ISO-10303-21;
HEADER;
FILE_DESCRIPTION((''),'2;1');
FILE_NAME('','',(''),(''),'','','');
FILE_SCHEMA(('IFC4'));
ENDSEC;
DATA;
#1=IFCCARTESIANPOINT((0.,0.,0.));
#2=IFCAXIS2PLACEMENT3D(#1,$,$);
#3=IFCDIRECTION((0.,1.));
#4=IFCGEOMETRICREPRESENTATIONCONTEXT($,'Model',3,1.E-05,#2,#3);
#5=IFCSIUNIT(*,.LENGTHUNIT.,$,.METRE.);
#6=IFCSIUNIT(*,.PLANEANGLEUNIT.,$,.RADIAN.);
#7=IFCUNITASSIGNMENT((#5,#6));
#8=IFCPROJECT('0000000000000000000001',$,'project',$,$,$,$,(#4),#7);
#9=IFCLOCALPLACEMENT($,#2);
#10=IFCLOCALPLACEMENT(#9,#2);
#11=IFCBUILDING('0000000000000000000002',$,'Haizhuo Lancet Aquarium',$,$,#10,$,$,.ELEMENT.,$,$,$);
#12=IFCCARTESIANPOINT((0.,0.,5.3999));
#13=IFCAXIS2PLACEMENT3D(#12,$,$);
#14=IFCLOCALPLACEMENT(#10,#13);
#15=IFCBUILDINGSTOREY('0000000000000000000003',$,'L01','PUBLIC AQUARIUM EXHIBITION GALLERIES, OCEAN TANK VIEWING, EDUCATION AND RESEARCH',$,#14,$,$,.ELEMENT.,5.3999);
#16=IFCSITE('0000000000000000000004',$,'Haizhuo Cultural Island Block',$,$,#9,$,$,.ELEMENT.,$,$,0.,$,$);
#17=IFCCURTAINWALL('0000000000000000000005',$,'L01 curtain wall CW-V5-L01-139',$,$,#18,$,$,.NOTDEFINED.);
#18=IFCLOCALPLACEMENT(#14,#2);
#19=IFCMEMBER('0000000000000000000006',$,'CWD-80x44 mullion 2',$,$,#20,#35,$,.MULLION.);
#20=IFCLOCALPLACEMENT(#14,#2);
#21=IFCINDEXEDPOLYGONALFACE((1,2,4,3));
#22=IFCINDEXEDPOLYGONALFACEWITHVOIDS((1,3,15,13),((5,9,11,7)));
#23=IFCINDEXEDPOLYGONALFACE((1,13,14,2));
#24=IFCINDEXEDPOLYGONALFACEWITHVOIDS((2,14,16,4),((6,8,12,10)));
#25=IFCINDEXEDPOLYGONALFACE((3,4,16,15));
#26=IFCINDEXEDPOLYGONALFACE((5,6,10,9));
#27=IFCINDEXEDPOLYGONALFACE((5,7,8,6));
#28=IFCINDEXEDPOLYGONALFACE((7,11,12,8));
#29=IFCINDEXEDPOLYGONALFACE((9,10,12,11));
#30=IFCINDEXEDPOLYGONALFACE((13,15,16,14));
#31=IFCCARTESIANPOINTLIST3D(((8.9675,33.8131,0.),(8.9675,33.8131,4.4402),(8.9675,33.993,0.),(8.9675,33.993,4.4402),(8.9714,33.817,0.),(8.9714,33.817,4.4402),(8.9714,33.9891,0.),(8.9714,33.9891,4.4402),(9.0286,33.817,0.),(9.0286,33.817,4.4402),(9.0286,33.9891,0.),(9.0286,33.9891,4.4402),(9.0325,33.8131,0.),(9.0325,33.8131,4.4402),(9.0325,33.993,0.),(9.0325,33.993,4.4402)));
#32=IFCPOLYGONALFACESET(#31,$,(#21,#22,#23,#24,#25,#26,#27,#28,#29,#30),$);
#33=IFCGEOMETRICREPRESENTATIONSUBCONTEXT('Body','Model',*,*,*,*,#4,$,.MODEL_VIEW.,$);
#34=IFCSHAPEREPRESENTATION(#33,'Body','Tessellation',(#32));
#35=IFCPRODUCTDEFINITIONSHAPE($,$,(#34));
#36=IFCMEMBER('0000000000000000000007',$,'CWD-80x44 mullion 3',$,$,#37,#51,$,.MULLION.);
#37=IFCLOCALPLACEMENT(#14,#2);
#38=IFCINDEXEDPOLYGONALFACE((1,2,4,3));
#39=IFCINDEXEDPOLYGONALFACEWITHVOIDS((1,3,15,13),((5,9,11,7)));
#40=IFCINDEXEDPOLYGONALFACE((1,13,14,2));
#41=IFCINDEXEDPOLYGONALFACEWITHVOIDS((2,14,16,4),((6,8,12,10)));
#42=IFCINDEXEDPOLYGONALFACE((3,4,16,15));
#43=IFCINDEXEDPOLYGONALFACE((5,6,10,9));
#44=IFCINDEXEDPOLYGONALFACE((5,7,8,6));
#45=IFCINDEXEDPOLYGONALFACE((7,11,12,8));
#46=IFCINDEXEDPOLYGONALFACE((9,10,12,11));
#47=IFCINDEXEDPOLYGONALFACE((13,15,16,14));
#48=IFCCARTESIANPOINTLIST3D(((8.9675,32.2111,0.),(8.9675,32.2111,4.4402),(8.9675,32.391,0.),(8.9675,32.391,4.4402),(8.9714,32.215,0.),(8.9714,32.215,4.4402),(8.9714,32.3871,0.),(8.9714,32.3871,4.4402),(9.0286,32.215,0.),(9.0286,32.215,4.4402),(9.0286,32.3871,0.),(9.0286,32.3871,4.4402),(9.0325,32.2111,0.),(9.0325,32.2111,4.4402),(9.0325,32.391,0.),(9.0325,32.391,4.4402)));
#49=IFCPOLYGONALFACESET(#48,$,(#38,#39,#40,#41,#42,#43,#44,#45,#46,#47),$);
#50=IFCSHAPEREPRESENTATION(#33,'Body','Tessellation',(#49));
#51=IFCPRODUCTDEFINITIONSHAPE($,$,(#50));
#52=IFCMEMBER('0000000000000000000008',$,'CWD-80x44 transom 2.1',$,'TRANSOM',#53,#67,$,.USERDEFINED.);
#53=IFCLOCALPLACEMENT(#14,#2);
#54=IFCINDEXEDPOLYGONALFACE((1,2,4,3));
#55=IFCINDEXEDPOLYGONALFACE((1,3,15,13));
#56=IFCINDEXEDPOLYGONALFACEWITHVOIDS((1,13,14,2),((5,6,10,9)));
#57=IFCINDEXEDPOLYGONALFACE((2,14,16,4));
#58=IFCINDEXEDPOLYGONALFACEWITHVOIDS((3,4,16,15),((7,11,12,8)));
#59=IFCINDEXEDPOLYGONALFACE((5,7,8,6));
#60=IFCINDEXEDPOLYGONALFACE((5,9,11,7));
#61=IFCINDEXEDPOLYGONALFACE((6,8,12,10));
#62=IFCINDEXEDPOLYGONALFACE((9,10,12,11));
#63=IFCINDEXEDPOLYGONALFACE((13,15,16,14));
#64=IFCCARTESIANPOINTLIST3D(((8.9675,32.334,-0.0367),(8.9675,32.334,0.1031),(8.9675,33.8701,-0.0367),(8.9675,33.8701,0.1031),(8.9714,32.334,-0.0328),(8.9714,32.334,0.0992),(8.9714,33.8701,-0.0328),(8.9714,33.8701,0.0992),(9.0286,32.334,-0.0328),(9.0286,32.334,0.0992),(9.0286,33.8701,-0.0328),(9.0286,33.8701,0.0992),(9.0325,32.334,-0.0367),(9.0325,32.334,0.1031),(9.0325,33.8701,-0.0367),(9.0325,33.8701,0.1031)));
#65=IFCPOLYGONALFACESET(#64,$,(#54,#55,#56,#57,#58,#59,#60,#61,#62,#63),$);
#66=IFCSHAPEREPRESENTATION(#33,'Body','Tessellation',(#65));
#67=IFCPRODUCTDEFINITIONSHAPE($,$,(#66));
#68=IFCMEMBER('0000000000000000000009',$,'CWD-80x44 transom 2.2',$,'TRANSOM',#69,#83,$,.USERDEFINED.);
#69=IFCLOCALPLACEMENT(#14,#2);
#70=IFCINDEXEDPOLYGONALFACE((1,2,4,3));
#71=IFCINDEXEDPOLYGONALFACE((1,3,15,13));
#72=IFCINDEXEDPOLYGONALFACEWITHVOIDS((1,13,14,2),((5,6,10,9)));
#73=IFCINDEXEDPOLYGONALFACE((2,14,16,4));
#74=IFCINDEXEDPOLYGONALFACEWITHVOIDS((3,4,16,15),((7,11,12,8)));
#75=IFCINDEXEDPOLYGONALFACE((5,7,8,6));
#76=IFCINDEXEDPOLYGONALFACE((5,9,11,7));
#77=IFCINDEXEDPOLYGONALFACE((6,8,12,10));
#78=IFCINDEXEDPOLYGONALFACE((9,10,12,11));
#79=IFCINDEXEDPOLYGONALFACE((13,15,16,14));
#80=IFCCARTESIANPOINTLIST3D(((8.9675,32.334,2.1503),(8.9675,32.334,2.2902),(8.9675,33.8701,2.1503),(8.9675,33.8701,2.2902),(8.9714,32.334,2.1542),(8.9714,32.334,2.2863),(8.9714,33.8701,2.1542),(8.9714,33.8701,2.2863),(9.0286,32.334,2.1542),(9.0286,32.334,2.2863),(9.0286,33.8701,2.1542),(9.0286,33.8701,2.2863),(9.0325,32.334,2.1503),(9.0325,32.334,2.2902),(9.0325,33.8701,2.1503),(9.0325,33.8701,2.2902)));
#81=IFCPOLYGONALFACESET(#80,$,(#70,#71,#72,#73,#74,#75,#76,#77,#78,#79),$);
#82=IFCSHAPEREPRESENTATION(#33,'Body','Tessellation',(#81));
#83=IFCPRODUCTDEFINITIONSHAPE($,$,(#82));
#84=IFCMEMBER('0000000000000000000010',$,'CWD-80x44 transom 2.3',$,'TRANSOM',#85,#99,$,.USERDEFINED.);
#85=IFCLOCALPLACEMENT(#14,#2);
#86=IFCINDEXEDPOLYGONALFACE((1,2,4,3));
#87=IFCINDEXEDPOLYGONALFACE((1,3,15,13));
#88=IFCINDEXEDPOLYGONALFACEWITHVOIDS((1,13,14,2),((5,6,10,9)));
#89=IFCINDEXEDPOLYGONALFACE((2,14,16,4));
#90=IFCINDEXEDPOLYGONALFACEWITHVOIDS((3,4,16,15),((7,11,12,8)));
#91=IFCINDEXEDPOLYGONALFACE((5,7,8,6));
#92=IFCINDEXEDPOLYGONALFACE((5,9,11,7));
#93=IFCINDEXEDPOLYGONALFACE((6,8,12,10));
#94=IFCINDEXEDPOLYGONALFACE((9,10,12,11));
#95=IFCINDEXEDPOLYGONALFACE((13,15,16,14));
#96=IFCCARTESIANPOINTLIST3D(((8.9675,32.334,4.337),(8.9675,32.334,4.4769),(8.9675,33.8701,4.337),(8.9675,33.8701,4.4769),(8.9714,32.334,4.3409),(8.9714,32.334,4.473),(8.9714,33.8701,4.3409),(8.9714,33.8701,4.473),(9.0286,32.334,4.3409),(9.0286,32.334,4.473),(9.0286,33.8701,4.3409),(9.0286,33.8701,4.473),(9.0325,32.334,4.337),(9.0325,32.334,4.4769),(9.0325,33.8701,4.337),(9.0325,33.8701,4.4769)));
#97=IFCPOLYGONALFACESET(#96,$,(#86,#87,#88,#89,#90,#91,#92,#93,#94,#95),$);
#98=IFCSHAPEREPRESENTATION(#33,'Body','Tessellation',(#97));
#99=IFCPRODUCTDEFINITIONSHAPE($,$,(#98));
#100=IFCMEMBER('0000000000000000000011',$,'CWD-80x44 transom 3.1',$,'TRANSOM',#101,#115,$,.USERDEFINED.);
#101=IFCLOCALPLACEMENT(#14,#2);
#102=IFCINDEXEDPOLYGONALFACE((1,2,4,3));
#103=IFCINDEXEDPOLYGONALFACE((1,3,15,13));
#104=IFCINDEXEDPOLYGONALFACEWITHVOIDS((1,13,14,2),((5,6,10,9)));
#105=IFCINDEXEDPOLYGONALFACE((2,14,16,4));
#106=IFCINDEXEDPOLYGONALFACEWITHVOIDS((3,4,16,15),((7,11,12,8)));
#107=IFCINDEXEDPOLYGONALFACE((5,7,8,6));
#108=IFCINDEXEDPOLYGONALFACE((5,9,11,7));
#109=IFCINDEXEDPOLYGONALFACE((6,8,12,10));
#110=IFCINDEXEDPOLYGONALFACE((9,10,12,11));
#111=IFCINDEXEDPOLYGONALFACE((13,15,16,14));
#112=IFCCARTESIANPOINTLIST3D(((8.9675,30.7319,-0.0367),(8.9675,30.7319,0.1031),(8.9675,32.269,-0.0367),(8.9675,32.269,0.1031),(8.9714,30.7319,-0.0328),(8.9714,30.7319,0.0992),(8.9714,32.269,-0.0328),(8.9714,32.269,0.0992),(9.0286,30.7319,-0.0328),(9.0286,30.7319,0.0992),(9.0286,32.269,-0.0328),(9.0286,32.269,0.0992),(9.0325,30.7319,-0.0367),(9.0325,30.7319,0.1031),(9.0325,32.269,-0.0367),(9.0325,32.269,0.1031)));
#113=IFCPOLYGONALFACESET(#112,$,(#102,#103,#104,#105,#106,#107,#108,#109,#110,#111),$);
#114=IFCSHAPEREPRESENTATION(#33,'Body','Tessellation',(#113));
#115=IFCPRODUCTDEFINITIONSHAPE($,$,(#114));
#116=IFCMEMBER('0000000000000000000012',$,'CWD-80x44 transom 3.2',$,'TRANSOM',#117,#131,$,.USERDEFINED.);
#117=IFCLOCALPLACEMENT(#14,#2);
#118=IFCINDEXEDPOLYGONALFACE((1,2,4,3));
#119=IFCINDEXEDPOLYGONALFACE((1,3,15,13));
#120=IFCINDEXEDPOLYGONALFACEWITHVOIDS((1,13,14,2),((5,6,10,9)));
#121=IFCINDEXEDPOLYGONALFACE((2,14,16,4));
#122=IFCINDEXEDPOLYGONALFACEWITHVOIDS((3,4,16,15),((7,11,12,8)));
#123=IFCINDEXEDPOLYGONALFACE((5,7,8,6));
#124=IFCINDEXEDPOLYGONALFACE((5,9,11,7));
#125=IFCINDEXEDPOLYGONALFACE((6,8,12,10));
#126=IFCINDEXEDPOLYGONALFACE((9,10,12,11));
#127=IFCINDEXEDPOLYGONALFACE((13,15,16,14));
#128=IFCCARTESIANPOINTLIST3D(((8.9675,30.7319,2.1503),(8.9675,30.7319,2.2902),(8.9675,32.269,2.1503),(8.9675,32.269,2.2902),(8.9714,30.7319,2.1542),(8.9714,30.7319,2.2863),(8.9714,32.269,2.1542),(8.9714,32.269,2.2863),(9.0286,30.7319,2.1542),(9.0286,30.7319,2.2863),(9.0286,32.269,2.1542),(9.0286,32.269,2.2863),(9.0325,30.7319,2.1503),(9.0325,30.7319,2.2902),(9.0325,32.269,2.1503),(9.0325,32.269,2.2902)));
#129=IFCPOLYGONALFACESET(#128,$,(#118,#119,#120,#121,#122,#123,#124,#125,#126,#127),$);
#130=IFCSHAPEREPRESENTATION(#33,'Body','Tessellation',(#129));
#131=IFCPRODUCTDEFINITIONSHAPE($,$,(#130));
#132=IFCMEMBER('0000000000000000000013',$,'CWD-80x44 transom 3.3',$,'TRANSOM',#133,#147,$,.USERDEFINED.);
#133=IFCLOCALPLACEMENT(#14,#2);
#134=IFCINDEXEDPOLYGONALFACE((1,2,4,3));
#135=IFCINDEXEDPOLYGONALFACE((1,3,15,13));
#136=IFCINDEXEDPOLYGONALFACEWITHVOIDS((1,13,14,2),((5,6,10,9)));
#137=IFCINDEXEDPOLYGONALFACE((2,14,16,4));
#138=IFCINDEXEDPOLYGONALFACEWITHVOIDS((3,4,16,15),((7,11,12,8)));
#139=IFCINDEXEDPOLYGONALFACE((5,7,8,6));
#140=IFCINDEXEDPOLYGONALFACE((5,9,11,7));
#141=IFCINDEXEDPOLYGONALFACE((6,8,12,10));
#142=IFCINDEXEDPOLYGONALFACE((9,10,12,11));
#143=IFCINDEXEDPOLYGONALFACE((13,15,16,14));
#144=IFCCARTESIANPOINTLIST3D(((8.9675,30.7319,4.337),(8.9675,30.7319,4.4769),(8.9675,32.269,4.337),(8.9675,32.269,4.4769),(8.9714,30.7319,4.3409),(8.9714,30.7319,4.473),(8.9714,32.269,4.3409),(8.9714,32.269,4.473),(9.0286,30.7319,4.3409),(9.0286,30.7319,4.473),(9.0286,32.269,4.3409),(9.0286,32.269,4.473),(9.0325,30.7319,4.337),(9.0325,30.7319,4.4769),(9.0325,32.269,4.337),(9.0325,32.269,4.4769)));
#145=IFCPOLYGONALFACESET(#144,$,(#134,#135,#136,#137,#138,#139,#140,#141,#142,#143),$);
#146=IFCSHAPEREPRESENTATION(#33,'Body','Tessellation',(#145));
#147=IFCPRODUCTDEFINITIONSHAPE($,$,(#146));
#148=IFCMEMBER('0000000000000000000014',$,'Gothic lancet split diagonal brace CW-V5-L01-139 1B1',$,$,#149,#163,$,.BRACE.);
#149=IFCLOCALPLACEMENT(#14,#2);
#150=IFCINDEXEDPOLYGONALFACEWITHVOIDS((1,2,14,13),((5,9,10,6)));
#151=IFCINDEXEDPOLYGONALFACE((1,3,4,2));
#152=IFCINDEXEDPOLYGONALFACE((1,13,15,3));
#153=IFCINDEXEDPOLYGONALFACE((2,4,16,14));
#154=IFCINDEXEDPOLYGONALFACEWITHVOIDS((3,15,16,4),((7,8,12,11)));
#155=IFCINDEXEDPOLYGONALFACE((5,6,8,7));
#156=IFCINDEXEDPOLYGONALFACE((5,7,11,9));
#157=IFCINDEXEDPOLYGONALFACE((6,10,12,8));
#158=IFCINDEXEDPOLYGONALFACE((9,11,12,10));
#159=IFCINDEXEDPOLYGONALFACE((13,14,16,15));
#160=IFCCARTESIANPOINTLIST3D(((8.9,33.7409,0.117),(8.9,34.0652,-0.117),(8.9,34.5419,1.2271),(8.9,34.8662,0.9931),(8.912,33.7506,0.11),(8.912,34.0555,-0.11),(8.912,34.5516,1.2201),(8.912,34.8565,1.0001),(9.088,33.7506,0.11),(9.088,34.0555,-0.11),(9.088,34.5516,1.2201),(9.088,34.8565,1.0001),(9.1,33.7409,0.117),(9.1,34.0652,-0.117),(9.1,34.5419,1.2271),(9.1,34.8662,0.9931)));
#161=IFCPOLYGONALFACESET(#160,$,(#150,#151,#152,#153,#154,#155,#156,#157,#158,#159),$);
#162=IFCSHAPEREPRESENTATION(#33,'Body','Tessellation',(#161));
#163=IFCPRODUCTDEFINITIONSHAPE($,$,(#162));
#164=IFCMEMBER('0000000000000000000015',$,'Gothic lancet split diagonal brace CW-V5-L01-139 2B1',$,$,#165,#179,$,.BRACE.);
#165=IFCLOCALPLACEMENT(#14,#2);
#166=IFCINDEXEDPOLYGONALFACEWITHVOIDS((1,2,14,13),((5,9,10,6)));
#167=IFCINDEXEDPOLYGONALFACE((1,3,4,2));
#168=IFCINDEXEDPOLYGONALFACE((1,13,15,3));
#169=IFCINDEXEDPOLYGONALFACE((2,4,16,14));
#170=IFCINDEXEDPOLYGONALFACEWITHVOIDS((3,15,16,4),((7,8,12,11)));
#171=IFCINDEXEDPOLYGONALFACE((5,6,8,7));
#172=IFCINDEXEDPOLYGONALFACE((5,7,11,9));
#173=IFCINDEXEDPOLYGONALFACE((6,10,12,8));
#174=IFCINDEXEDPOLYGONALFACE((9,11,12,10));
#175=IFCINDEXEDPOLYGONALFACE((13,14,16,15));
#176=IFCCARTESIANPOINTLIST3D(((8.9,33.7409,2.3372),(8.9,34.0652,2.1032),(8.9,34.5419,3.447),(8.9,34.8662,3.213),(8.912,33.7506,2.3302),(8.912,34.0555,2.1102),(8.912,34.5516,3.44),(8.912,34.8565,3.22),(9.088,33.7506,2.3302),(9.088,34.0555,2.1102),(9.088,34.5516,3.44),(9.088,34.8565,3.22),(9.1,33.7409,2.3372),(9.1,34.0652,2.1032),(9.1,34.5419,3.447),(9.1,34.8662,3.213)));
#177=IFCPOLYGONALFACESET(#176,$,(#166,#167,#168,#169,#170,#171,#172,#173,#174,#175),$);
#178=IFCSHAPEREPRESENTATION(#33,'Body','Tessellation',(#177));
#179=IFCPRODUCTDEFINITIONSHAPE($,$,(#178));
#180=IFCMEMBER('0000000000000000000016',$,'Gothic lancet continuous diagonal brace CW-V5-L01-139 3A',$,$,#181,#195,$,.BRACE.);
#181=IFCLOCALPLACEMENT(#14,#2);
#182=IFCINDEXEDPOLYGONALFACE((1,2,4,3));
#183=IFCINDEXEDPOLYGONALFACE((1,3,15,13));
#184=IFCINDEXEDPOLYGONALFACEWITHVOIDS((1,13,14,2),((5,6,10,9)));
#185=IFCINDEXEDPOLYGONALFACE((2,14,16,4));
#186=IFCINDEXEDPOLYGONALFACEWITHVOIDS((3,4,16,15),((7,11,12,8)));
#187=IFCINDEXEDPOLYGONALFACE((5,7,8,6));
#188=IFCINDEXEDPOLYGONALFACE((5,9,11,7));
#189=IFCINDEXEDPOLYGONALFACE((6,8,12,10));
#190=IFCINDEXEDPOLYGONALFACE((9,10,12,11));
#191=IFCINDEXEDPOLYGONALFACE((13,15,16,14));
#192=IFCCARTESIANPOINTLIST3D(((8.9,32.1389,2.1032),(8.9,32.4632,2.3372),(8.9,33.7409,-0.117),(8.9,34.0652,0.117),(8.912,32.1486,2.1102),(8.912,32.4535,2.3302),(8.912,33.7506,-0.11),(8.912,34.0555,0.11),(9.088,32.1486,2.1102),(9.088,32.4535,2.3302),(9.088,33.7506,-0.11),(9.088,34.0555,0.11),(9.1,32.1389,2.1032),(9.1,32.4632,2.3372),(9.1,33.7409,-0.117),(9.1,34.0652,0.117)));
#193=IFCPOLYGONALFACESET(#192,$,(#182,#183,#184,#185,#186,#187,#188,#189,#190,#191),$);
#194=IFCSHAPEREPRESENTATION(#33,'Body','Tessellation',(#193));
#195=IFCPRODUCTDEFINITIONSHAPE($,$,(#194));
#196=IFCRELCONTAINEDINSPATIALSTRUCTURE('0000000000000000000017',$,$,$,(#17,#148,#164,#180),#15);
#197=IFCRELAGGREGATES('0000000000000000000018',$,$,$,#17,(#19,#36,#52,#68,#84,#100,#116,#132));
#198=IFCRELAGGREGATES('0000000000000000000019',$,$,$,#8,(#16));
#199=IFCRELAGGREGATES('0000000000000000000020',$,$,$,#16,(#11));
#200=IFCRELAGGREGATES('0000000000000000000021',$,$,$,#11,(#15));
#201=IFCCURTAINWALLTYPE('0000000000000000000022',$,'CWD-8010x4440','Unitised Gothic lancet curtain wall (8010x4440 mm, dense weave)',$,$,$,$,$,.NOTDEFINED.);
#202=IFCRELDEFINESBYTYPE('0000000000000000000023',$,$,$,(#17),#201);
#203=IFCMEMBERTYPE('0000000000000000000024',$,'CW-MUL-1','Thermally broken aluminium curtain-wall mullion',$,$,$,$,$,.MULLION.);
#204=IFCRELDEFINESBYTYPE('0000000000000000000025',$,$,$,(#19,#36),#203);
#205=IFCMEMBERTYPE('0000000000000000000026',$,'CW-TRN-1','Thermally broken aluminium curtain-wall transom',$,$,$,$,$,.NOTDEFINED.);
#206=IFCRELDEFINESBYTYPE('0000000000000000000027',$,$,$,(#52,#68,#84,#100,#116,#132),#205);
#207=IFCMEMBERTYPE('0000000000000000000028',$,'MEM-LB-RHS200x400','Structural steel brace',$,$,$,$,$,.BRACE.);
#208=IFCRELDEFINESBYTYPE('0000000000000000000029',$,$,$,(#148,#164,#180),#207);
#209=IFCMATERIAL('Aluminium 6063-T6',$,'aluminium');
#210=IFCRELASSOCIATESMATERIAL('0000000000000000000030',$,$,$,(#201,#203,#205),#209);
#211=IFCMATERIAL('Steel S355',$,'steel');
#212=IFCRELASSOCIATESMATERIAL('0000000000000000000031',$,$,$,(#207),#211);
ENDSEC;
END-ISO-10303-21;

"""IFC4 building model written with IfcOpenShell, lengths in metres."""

from ifc_helpers import new_model, si_unit, direction, frame, origin, origin_2d, place, context, subcontext, project, spatial, hollow_rectangle, extrude, material, material_profile, profile_set, type_object, element, aggregate, save


model = new_model("IFC4")

# Units and contexts
model_context = context("Model", 3, precision=1e-05, world=origin(), true_north=direction((0.0, 1.0)))
body_context = subcontext(model_context, "Body", "Model", "MODEL_VIEW")
ifc_project = project(units=[si_unit("LENGTHUNIT", "METRE"), si_unit("PLANEANGLEUNIT", "RADIAN")], contexts=[model_context])

# Site, building, storey
site_placement = place(None, origin())
site = spatial("IfcSite", under=ifc_project, at=site_placement, Name="Haizhuo Cultural Island Block", CompositionType="ELEMENT", RefElevation=0.0)
building_placement = place(site_placement, origin())
building = spatial("IfcBuilding", under=site, at=building_placement, Name="Haizhuo Lancet Aquarium", CompositionType="ELEMENT")
storey_placement = place(building_placement, frame((0.0, 0.0, 5.3999)))
storey = spatial("IfcBuildingStorey", under=building, at=storey_placement, Name="L01", Description="PUBLIC AQUARIUM EXHIBITION GALLERIES, OCEAN TANK VIEWING, EDUCATION AND RESEARCH", CompositionType="ELEMENT", Elevation=5.3999)

# Curtain wall, members
ifc_material_1 = material(Name="Aluminium 6063-T6", Category="aluminium")
curtain_wall_type = type_object("IfcCurtainWallType", Name="CWD-8010x4440", Description="Unitised Gothic lancet curtain wall (8010x4440 mm, dense weave)", PredefinedType="NOTDEFINED", material=ifc_material_1)
curtain_wall_placement = place(storey_placement, origin())
curtain_wall = element("IfcCurtainWall", 1, at=curtain_wall_placement, inside=storey, type_object=curtain_wall_type, Name="L01 curtain wall CW-V5-L01-139", PredefinedType="NOTDEFINED")
ifc_material_profile_1 = material_profile(ifc_material_1, hollow_rectangle(XDim=0.0649, YDim=0.1799, WallThickness=0.0039, at=origin_2d()), Name="ALU-M 65x180x4")
ifc_profile_set_1 = profile_set([ifc_material_profile_1], Name="Aluminium 6063-T6")
member_type_1 = type_object("IfcMemberType", Name="CW-MUL-1", Description="Thermally broken aluminium curtain-wall mullion", PredefinedType="MULLION", material=ifc_profile_set_1)
member_1_placement = place(storey_placement, frame((9.0, 33.9031, 0.0), z_axis=(0.0, 0.0, 1.0), x_axis=(1.0, 0.0, 0.0)))
member_1 = element("IfcMember", 2, at=member_1_placement, type_object=member_type_1, Name="CWD-80x44 mullion 2", PredefinedType="MULLION", context=body_context, shape_type="SweptSolid", body=[
    extrude(hollow_rectangle(XDim=0.0649, YDim=0.1799, WallThickness=0.0039, at=origin_2d()), origin(), (0.0, 0.0, 1.0), 4.4402),
])
member_2_placement = place(storey_placement, frame((9.0, 32.301, 0.0), z_axis=(0.0, 0.0, 1.0), x_axis=(1.0, 0.0, 0.0)))
member_2 = element("IfcMember", 3, at=member_2_placement, type_object=member_type_1, Name="CWD-80x44 mullion 3", PredefinedType="MULLION", context=body_context, shape_type="SweptSolid", body=[
    extrude(hollow_rectangle(XDim=0.0649, YDim=0.1799, WallThickness=0.0039, at=origin_2d()), origin(), (0.0, 0.0, 1.0), 4.4402),
])
ifc_material_profile_2 = material_profile(ifc_material_1, hollow_rectangle(XDim=0.0649, YDim=0.1399, WallThickness=0.0039, at=origin_2d()), Name="ALU-T 65x140x4")
ifc_profile_set_2 = profile_set([ifc_material_profile_2], Name="Aluminium 6063-T6")
member_type_2 = type_object("IfcMemberType", Name="CW-TRN-1", Description="Thermally broken aluminium curtain-wall transom", PredefinedType="NOTDEFINED", material=ifc_profile_set_2)
member_3_placement = place(storey_placement, frame((9.0, 33.8701, 0.0332), z_axis=(0.0, -1.0, 0.0), x_axis=(1.0, 0.0, 0.0)))
member_3 = element("IfcMember", 4, at=member_3_placement, type_object=member_type_2, Name="CWD-80x44 transom 2.1", ObjectType="TRANSOM", PredefinedType="USERDEFINED", context=body_context, shape_type="SweptSolid", body=[
    extrude(hollow_rectangle(XDim=0.0649, YDim=0.1399, WallThickness=0.0039, at=origin_2d()), origin(), (0.0, 0.0, 1.0), 1.5361),
])
member_4_placement = place(storey_placement, frame((9.0, 33.8701, 2.2202), z_axis=(0.0, -1.0, 0.0), x_axis=(1.0, 0.0, 0.0)))
member_4 = element("IfcMember", 5, at=member_4_placement, type_object=member_type_2, Name="CWD-80x44 transom 2.2", ObjectType="TRANSOM", PredefinedType="USERDEFINED", context=body_context, shape_type="SweptSolid", body=[
    extrude(hollow_rectangle(XDim=0.0649, YDim=0.1399, WallThickness=0.0039, at=origin_2d()), origin(), (0.0, 0.0, 1.0), 1.5361),
])
member_5_placement = place(storey_placement, frame((9.0, 33.8701, 4.407), z_axis=(0.0, -1.0, 0.0), x_axis=(1.0, 0.0, 0.0)))
member_5 = element("IfcMember", 6, at=member_5_placement, type_object=member_type_2, Name="CWD-80x44 transom 2.3", ObjectType="TRANSOM", PredefinedType="USERDEFINED", context=body_context, shape_type="SweptSolid", body=[
    extrude(hollow_rectangle(XDim=0.0649, YDim=0.1399, WallThickness=0.0039, at=origin_2d()), origin(), (0.0, 0.0, 1.0), 1.5361),
])
member_6_placement = place(storey_placement, frame((9.0, 32.269, 0.0332), z_axis=(0.0, -1.0, 0.0), x_axis=(1.0, 0.0, 0.0)))
member_6 = element("IfcMember", 7, at=member_6_placement, type_object=member_type_2, Name="CWD-80x44 transom 3.1", ObjectType="TRANSOM", PredefinedType="USERDEFINED", context=body_context, shape_type="SweptSolid", body=[
    extrude(hollow_rectangle(XDim=0.0649, YDim=0.1399, WallThickness=0.0039, at=origin_2d()), origin(), (0.0, 0.0, 1.0), 1.5371),
])
member_7_placement = place(storey_placement, frame((9.0, 32.269, 2.2202), z_axis=(0.0, -1.0, 0.0), x_axis=(1.0, 0.0, 0.0)))
member_7 = element("IfcMember", 8, at=member_7_placement, type_object=member_type_2, Name="CWD-80x44 transom 3.2", ObjectType="TRANSOM", PredefinedType="USERDEFINED", context=body_context, shape_type="SweptSolid", body=[
    extrude(hollow_rectangle(XDim=0.0649, YDim=0.1399, WallThickness=0.0039, at=origin_2d()), origin(), (0.0, 0.0, 1.0), 1.5371),
])
member_8_placement = place(storey_placement, frame((9.0, 32.269, 4.407), z_axis=(0.0, -1.0, 0.0), x_axis=(1.0, 0.0, 0.0)))
member_8 = element("IfcMember", 9, at=member_8_placement, type_object=member_type_2, Name="CWD-80x44 transom 3.3", ObjectType="TRANSOM", PredefinedType="USERDEFINED", context=body_context, shape_type="SweptSolid", body=[
    extrude(hollow_rectangle(XDim=0.0649, YDim=0.1399, WallThickness=0.0039, at=origin_2d()), origin(), (0.0, 0.0, 1.0), 1.5371),
])

# Members
ifc_material_2 = material(Name="Steel S355", Category="steel")
ifc_material_profile_3 = material_profile(ifc_material_2, hollow_rectangle(XDim=0.2, YDim=0.3999, WallThickness=0.012, at=origin_2d()), Name="RHS 200x400x12")
ifc_profile_set_3 = profile_set([ifc_material_profile_3], Name="Steel S355")
member_type_3 = type_object("IfcMemberType", Name="MEM-LB-RHS200x400", Description="Structural steel brace", PredefinedType="BRACE", material=ifc_profile_set_3)
member_9_placement = place(storey_placement, frame((9.0, 33.9031, 0.0), z_axis=(0.0, 0.585145, 0.810928), x_axis=(-1.0, 0.0, 0.0)))
element("IfcMember", 10, at=member_9_placement, inside=storey, type_object=member_type_3, Name="Gothic lancet split diagonal brace CW-V5-L01-139 1B1", PredefinedType="BRACE", context=body_context, shape_type="SweptSolid", body=[
    extrude(hollow_rectangle(XDim=0.2, YDim=0.3999, WallThickness=0.012, at=origin_2d()), origin(), (0.0, 0.0, 1.0), 1.3689),
])
member_10_placement = place(storey_placement, frame((9.0, 33.9031, 2.2202), z_axis=(0.0, 0.58523, 0.810867), x_axis=(-1.0, 0.0, 0.0)))
element("IfcMember", 11, at=member_10_placement, inside=storey, type_object=member_type_3, Name="Gothic lancet split diagonal brace CW-V5-L01-139 2B1", PredefinedType="BRACE", context=body_context, shape_type="SweptSolid", body=[
    extrude(hollow_rectangle(XDim=0.2, YDim=0.3999, WallThickness=0.012, at=origin_2d()), origin(), (0.0, 0.0, 1.0), 1.3687),
])
member_11_placement = place(storey_placement, frame((9.0, 33.9031, 0.0), z_axis=(0.0, -0.585145, 0.810928), x_axis=(1.0, 0.0, 0.0)))
element("IfcMember", 12, at=member_11_placement, inside=storey, type_object=member_type_3, Name="Gothic lancet continuous diagonal brace CW-V5-L01-139 3A", PredefinedType="BRACE", context=body_context, shape_type="SweptSolid", body=[
    extrude(hollow_rectangle(XDim=0.2, YDim=0.3999, WallThickness=0.012, at=origin_2d()), origin(), (0.0, 0.0, 1.0), 2.7378),
])

aggregate(curtain_wall, [member_1, member_2, member_3, member_4, member_5, member_6, member_7, member_8])

save(model, "model.ifc")
